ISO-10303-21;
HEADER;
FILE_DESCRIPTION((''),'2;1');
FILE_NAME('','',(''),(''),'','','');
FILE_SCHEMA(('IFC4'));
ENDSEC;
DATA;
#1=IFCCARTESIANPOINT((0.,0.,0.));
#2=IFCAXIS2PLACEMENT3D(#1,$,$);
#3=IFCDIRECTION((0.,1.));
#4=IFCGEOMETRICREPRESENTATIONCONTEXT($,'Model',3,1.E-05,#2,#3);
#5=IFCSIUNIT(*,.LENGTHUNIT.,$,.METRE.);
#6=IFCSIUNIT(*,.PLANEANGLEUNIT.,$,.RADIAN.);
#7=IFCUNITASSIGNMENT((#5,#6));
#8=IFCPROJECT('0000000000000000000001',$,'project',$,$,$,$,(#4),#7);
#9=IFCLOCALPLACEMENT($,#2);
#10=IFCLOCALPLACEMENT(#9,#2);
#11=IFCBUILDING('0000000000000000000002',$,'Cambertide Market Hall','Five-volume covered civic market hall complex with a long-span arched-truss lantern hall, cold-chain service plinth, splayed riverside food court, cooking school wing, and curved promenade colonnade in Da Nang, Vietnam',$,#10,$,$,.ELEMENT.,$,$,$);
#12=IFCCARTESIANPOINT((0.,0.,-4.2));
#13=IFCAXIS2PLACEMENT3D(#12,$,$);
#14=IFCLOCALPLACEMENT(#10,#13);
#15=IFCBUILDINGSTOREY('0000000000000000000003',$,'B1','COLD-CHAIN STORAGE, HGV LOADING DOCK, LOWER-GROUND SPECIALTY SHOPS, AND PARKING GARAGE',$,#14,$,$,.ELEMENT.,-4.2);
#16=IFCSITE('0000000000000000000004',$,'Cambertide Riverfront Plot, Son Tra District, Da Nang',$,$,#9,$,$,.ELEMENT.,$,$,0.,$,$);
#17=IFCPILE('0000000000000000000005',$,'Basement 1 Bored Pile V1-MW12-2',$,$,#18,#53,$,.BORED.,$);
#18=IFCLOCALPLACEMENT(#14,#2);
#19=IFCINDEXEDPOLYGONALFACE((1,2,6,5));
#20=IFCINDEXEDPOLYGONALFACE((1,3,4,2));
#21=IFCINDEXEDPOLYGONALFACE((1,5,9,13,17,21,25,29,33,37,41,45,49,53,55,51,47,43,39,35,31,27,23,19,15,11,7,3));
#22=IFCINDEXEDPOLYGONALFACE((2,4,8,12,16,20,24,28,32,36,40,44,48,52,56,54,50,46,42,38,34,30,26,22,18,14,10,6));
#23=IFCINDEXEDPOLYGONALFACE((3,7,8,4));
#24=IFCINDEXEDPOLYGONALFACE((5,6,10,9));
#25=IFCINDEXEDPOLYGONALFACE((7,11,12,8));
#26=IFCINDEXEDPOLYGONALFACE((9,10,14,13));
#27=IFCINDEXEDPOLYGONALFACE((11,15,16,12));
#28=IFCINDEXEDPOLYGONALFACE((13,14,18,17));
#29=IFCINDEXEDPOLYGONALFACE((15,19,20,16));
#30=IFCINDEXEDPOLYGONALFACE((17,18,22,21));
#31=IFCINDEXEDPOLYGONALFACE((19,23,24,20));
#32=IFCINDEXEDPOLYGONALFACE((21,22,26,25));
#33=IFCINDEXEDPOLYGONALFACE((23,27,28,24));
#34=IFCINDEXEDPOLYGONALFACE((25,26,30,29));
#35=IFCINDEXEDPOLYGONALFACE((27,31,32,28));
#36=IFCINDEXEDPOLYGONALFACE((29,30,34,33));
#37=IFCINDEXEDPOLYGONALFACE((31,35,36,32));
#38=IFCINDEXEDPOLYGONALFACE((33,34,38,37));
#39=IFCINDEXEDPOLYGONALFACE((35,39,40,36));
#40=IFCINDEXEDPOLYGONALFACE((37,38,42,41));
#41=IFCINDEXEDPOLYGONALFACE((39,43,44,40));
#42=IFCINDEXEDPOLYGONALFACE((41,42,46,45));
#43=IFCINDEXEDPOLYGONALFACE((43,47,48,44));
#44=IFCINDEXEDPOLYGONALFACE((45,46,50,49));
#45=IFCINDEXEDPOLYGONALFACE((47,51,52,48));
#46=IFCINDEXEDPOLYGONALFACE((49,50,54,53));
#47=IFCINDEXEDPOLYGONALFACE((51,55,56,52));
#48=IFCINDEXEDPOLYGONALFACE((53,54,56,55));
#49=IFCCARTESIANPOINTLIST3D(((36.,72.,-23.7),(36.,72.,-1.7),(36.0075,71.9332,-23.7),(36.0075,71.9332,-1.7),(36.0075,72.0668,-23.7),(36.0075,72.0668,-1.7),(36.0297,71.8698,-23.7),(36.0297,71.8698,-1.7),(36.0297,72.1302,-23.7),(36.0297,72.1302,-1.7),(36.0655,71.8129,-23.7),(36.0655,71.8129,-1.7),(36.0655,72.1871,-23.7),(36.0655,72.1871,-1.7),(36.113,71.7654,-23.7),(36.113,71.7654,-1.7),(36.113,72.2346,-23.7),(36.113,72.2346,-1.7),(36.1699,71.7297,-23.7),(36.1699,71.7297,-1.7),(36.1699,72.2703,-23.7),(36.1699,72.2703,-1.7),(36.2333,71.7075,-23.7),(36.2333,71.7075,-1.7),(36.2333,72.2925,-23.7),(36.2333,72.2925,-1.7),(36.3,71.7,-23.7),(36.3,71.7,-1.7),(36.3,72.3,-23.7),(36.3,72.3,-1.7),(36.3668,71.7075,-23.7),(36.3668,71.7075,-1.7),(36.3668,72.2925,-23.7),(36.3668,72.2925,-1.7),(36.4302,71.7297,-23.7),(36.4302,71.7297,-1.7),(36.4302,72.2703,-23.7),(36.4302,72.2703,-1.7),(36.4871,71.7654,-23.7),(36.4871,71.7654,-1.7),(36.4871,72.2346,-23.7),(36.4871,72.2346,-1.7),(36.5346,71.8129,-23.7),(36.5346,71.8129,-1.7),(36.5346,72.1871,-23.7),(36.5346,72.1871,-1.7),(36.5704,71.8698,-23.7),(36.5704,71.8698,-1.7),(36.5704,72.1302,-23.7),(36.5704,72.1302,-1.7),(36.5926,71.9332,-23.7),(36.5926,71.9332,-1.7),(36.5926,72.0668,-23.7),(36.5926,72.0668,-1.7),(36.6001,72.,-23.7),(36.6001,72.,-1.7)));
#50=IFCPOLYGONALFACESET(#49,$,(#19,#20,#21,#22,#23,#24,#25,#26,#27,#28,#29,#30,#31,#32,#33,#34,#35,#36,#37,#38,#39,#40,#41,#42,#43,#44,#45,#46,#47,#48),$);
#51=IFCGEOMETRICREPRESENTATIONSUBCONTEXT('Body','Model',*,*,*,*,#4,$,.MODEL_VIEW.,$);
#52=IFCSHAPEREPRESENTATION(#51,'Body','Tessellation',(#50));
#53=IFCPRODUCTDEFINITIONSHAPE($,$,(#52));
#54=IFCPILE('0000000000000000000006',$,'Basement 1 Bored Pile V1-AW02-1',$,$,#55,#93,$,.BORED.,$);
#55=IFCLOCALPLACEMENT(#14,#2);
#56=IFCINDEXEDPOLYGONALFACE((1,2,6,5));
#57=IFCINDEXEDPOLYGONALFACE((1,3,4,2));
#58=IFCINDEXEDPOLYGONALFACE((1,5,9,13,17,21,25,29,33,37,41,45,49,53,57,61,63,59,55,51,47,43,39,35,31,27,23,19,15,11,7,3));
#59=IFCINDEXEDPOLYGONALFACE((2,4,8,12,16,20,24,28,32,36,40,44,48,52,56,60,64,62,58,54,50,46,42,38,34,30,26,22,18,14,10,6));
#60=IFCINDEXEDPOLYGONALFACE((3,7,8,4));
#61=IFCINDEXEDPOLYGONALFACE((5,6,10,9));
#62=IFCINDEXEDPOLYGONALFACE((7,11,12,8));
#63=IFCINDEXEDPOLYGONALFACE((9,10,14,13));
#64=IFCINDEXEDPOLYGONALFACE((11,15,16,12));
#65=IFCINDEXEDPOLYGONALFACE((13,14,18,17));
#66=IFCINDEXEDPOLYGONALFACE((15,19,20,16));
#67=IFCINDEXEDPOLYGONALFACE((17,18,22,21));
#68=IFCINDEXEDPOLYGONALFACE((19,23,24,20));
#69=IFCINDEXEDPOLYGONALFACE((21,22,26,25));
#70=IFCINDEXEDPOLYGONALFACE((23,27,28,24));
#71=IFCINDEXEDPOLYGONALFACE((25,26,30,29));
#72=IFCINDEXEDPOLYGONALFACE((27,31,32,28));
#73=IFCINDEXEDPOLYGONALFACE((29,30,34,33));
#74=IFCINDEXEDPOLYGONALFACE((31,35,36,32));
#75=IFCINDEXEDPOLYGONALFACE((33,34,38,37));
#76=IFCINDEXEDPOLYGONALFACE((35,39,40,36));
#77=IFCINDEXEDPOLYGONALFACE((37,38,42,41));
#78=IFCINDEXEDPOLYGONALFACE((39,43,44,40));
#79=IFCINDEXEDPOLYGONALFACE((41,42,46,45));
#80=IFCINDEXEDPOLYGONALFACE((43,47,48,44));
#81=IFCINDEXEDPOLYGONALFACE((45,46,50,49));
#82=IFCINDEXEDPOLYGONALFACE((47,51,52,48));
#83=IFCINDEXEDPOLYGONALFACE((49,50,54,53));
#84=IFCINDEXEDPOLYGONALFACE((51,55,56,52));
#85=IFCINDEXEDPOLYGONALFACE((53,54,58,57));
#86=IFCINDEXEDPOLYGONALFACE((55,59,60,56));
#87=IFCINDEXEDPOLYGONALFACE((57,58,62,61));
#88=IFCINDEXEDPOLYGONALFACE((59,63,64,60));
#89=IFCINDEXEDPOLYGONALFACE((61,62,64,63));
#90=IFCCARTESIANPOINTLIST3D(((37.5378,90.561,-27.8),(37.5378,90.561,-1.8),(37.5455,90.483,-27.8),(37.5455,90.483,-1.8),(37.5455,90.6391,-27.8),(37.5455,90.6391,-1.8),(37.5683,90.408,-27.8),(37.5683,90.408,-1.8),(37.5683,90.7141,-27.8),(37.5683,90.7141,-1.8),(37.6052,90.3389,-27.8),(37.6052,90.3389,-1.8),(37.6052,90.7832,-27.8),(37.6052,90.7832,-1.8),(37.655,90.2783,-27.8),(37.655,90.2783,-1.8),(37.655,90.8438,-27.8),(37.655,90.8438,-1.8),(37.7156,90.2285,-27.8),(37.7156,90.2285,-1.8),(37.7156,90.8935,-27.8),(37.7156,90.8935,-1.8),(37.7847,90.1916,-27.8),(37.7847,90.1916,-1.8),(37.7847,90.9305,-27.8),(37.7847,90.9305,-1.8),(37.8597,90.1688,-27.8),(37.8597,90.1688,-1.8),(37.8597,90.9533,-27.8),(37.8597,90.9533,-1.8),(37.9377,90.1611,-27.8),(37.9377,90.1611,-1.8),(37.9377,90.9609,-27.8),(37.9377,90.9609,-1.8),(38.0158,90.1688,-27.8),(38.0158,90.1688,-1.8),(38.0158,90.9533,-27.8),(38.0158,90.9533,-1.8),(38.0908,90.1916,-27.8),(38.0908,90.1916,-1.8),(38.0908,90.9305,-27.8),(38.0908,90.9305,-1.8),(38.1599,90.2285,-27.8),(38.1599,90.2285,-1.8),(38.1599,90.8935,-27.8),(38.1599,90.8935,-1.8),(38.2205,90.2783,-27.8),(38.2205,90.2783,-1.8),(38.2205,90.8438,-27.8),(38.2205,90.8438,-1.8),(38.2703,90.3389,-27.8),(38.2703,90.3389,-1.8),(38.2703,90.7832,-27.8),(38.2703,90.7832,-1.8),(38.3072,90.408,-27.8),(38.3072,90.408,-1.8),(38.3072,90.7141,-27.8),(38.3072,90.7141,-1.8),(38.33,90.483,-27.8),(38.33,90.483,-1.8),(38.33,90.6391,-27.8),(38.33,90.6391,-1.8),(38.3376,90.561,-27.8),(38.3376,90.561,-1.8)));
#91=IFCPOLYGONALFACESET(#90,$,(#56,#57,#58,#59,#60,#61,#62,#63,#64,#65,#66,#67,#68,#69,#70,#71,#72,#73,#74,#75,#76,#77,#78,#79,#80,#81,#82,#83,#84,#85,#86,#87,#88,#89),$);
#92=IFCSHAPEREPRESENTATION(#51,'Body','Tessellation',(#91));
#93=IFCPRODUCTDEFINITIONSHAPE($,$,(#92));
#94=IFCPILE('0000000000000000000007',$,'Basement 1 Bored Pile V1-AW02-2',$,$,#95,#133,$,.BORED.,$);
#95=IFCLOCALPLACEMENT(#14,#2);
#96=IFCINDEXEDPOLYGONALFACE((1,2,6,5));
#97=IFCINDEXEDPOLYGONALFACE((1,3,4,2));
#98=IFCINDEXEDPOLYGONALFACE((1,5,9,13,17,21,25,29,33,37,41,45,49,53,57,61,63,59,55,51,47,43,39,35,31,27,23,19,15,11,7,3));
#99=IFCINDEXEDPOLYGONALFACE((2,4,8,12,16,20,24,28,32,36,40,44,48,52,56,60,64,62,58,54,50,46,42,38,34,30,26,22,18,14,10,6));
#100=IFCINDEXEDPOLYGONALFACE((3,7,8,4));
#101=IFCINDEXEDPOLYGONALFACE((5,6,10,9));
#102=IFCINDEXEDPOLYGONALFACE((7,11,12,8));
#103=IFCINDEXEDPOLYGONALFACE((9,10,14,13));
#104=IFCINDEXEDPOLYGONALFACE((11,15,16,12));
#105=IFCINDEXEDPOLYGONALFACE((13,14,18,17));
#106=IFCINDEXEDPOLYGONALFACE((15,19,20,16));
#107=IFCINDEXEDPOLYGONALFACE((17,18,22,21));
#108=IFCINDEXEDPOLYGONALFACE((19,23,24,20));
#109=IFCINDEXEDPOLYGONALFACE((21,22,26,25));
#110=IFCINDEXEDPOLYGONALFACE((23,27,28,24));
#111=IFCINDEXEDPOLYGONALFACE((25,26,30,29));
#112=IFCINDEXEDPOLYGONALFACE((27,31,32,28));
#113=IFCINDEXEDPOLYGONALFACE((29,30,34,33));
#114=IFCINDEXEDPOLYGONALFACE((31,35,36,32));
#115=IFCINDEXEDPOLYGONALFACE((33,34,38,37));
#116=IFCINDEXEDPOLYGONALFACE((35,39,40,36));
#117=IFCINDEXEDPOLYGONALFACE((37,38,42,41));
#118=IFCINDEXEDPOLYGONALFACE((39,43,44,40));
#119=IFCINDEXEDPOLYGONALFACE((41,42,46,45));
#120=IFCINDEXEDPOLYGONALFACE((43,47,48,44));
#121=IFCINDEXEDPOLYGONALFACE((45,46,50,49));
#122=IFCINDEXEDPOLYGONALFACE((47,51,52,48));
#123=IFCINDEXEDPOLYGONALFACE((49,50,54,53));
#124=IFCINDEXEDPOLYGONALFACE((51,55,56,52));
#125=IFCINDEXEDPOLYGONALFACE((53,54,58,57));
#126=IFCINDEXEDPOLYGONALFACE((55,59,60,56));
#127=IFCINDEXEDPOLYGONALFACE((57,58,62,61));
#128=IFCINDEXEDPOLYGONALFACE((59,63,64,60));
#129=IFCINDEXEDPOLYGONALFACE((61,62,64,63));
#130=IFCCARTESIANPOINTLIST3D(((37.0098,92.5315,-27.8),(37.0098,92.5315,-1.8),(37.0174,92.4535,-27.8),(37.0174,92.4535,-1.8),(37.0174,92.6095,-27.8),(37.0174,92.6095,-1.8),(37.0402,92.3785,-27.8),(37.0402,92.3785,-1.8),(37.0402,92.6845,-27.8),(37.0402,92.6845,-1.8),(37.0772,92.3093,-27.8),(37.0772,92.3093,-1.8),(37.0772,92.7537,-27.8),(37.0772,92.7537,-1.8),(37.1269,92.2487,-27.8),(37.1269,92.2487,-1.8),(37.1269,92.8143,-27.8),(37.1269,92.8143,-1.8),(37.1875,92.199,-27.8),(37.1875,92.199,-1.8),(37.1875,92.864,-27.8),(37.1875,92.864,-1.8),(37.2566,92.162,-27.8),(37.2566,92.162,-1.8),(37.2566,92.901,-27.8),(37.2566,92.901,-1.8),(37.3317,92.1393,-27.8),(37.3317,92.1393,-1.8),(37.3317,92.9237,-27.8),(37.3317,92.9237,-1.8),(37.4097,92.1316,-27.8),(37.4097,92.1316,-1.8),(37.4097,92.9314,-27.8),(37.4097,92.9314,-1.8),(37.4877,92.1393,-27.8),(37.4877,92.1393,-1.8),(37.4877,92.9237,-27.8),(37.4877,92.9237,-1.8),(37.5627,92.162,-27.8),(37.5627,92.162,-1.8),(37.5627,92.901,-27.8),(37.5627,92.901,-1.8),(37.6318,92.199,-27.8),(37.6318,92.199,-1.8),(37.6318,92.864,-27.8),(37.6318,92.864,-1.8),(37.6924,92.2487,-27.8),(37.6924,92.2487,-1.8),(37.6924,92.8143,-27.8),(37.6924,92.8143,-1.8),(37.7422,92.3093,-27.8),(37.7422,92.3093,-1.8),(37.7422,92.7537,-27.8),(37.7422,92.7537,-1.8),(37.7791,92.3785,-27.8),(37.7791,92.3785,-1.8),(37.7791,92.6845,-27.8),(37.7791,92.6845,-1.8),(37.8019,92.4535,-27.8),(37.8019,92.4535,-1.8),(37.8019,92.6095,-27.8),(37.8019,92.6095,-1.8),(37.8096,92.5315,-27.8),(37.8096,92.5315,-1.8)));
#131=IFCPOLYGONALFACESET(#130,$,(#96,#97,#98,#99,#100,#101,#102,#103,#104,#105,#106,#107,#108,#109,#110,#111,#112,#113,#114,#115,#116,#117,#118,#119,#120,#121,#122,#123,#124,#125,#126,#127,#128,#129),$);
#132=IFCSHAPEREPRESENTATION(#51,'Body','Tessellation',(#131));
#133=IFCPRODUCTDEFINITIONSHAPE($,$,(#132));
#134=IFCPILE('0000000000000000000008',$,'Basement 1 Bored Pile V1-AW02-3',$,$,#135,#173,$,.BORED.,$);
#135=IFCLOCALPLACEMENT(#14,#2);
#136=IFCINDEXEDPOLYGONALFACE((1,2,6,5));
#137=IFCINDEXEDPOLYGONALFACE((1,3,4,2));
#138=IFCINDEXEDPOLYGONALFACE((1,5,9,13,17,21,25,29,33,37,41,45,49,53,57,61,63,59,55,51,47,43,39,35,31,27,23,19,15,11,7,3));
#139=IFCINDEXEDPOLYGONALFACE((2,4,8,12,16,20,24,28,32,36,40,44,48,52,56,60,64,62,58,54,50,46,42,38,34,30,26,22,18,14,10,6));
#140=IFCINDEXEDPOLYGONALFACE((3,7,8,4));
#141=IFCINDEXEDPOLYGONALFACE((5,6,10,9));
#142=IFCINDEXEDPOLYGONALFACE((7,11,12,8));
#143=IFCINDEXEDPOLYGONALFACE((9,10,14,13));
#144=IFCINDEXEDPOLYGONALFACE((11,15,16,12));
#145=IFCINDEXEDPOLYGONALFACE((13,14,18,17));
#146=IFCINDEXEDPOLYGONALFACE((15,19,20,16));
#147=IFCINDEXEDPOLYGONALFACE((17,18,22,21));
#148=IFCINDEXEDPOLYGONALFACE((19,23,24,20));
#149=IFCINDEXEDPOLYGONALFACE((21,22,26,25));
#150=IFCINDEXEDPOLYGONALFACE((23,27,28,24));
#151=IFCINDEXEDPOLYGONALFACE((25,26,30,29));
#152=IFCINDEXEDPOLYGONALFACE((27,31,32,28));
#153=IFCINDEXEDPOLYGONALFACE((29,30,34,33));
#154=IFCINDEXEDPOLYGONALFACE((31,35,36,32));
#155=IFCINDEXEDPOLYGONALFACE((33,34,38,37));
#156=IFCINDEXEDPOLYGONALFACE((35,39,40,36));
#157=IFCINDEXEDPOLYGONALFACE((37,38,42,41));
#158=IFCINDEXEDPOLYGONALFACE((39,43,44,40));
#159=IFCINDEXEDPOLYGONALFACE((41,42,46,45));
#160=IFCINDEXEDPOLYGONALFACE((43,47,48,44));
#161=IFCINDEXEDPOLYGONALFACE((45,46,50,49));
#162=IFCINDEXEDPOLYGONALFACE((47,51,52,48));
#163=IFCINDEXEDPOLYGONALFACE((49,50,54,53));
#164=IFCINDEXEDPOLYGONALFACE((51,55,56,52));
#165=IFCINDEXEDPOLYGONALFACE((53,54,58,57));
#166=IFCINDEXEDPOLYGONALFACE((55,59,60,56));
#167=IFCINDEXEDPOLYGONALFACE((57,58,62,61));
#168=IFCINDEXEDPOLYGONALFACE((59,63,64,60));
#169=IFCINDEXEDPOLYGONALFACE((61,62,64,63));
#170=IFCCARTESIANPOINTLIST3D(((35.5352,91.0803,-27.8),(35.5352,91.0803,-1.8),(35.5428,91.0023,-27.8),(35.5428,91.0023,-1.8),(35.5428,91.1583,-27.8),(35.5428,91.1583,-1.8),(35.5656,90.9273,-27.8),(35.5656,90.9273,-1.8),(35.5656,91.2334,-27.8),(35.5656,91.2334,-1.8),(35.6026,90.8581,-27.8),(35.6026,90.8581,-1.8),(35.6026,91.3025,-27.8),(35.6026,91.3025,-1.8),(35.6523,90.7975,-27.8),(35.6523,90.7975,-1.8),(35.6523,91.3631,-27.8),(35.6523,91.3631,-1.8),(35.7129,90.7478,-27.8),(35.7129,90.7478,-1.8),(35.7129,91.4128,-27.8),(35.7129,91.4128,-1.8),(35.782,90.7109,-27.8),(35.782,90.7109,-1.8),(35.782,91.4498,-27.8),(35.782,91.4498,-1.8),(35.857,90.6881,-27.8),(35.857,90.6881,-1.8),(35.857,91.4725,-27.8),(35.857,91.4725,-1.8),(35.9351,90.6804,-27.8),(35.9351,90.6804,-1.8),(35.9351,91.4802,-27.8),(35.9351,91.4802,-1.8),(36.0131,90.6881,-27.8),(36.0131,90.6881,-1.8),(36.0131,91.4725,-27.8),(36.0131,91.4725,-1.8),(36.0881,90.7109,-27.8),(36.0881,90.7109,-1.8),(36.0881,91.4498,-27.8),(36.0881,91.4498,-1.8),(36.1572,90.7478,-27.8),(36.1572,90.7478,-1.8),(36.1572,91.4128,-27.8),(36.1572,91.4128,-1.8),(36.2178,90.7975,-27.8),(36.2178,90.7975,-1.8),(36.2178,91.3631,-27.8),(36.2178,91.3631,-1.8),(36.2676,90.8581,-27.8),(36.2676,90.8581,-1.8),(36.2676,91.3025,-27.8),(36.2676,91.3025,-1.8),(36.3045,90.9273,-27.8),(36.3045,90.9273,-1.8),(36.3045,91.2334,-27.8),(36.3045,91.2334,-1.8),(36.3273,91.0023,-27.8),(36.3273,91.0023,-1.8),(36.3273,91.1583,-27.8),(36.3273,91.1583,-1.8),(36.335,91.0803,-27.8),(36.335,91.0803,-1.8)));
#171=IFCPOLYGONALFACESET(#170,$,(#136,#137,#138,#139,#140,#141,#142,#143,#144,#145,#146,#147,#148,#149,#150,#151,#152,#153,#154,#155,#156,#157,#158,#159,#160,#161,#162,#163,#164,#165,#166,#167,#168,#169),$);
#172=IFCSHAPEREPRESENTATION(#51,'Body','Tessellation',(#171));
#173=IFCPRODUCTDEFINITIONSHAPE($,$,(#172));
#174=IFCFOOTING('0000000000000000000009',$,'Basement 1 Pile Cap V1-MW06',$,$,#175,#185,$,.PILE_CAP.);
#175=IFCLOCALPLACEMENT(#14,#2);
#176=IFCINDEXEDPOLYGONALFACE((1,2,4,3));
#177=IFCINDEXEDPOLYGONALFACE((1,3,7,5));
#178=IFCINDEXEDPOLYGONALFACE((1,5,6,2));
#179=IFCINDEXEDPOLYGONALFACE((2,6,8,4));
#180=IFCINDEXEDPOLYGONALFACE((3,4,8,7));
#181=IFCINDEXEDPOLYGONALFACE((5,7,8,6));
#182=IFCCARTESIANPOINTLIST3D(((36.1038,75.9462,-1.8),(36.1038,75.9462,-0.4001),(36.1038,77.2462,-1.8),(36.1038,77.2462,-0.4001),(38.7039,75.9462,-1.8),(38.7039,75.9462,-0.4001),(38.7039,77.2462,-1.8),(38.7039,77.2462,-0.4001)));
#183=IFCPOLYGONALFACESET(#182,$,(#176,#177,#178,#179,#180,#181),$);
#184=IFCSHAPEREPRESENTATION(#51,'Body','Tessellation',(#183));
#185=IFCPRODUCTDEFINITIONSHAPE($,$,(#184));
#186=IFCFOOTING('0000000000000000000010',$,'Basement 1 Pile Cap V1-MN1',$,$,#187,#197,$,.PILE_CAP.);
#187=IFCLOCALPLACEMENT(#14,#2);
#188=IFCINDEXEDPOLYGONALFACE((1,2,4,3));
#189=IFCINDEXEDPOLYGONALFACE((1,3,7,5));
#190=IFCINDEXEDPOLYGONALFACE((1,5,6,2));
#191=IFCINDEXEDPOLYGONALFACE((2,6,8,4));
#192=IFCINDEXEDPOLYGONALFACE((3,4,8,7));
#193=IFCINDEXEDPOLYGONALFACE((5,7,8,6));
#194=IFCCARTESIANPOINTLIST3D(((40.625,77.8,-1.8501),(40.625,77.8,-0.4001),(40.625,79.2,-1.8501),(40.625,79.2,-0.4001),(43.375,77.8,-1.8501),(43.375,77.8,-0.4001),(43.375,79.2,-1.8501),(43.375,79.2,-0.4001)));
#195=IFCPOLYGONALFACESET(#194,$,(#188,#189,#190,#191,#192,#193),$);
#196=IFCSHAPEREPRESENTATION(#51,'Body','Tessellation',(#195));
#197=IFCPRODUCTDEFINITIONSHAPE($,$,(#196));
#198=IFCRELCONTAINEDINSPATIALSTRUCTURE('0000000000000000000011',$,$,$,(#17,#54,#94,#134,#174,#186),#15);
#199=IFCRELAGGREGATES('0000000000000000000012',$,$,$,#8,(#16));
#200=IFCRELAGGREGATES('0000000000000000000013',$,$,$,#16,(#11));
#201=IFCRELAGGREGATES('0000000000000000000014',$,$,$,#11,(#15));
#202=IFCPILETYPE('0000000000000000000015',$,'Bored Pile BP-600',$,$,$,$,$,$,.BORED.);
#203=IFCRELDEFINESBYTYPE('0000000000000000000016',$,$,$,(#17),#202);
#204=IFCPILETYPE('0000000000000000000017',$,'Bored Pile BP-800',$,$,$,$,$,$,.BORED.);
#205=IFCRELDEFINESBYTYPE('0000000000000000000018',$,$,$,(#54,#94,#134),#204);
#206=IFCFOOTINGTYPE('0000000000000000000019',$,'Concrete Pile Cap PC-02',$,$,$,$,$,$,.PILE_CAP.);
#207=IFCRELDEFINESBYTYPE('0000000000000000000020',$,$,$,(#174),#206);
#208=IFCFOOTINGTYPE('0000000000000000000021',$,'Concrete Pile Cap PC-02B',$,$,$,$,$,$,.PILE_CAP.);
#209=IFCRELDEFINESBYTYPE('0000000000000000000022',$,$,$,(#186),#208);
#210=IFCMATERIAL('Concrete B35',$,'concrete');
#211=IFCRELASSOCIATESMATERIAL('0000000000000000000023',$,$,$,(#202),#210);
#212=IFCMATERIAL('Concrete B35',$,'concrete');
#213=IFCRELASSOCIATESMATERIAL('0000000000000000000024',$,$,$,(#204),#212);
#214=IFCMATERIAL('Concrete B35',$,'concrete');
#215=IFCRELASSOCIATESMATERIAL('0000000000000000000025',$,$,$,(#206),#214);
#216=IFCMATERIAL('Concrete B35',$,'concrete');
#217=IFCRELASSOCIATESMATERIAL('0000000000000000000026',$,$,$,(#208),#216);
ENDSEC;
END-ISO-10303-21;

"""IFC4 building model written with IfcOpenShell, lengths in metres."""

from ifc_helpers import new_model, si_unit, direction, frame, origin, origin_2d, place, context, subcontext, project, spatial, rectangle, circle, extrude, material, material_profile, profile_set, type_object, element, save


model = new_model("IFC4")

# Units and contexts
model_context = context("Model", 3, precision=1e-05, world=origin(), true_north=direction((0.0, 1.0)))
body_context = subcontext(model_context, "Body", "Model", "MODEL_VIEW")
ifc_project = project(units=[si_unit("LENGTHUNIT", "METRE"), si_unit("PLANEANGLEUNIT", "RADIAN")], contexts=[model_context])

# Site, building, storey
site_placement = place(None, origin())
site = spatial("IfcSite", under=ifc_project, at=site_placement, Name="Cambertide Riverfront Plot, Son Tra District, Da Nang", CompositionType="ELEMENT", RefElevation=0.0)
building_placement = place(site_placement, origin())
building = spatial("IfcBuilding", under=site, at=building_placement, Name="Cambertide Market Hall", Description="Five-volume covered civic market hall complex with a long-span arched-truss lantern hall, cold-chain service plinth, splayed riverside food court, cooking school wing, and curved promenade colonnade in Da Nang, Vietnam", CompositionType="ELEMENT")
storey_placement = place(building_placement, frame((0.0, 0.0, -4.2)))
storey = spatial("IfcBuildingStorey", under=building, at=storey_placement, Name="B1", Description="COLD-CHAIN STORAGE, HGV LOADING DOCK, LOWER-GROUND SPECIALTY SHOPS, AND PARKING GARAGE", CompositionType="ELEMENT", Elevation=-4.2)

# Piles
ifc_material_1 = material(Name="Concrete B35", Category="concrete")
ifc_material_profile_1 = material_profile(ifc_material_1, circle(Radius=0.3, at=origin_2d()), Name="BP D600")
ifc_profile_set_1 = profile_set([ifc_material_profile_1], Name="Concrete B35")
pile_type_1 = type_object("IfcPileType", Name="Bored Pile BP-600", PredefinedType="BORED", material=ifc_profile_set_1)
for number, where, z_axis, x_axis, name in (
    (1, (36.3, 72.0, -1.7), (0.0, 0.0, -1.0), (1.0, 0.0, 0.0), "Basement 1 Bored Pile V1-MW12-2"),
):
    element("IfcPile", number, at=place(storey_placement, frame(where, z_axis=z_axis, x_axis=x_axis)), inside=storey, type_object=pile_type_1, Name=name, PredefinedType="BORED", context=body_context, shape_type="SweptSolid", body=[
        extrude(circle(Radius=0.3, at=origin_2d()), origin(), (0.0, 0.0, 1.0), 22.0),
    ])
ifc_material_2 = material(Name="Concrete B35", Category="concrete")
ifc_material_profile_2 = material_profile(ifc_material_2, circle(Radius=0.3999, at=origin_2d()), Name="BP D800")
ifc_profile_set_2 = profile_set([ifc_material_profile_2], Name="Concrete B35")
pile_type_2 = type_object("IfcPileType", Name="Bored Pile BP-800", PredefinedType="BORED", material=ifc_profile_set_2)
for number, where, z_axis, x_axis, name in (
    (2, (37.9377, 90.561, -1.8), (0.0, 0.0, -1.0), (1.0, 0.0, 0.0), "Basement 1 Bored Pile V1-AW02-1"),
    (3, (37.4097, 92.5315, -1.8), (0.0, 0.0, -1.0), (1.0, 0.0, 0.0), "Basement 1 Bored Pile V1-AW02-2"),
    (4, (35.9351, 91.0803, -1.8), (0.0, 0.0, -1.0), (1.0, 0.0, 0.0), "Basement 1 Bored Pile V1-AW02-3"),
):
    element("IfcPile", number, at=place(storey_placement, frame(where, z_axis=z_axis, x_axis=x_axis)), inside=storey, type_object=pile_type_2, Name=name, PredefinedType="BORED", context=body_context, shape_type="SweptSolid", body=[
        extrude(circle(Radius=0.3999, at=origin_2d()), origin(), (0.0, 0.0, 1.0), 26.0),
    ])

# Footings
ifc_material_3 = material(Name="Concrete B35", Category="concrete")
footing_type_1 = type_object("IfcFootingType", Name="Concrete Pile Cap PC-02", PredefinedType="PILE_CAP", material=ifc_material_3)
footing_1_placement = place(storey_placement, frame((37.4038, 76.5962, -1.8), z_axis=(0.0, 0.0, 1.0), x_axis=(1.0, 0.0, 0.0)))
element("IfcFooting", 5, at=footing_1_placement, inside=storey, type_object=footing_type_1, Name="Basement 1 Pile Cap V1-MW06", PredefinedType="PILE_CAP", context=body_context, shape_type="SweptSolid", body=[
    extrude(rectangle(XDim=2.6001, YDim=1.3, at=origin_2d()), origin(), (0.0, 0.0, 1.0), 1.3999),
])
ifc_material_4 = material(Name="Concrete B35", Category="concrete")
footing_type_2 = type_object("IfcFootingType", Name="Concrete Pile Cap PC-02B", PredefinedType="PILE_CAP", material=ifc_material_4)
footing_2_placement = place(storey_placement, frame((42.0, 78.5, -1.8501), z_axis=(0.0, 0.0, 1.0), x_axis=(1.0, 0.0, 0.0)))
element("IfcFooting", 6, at=footing_2_placement, inside=storey, type_object=footing_type_2, Name="Basement 1 Pile Cap V1-MN1", PredefinedType="PILE_CAP", context=body_context, shape_type="SweptSolid", body=[
    extrude(rectangle(XDim=2.75, YDim=1.3999, at=origin_2d()), origin(), (0.0, 0.0, 1.0), 1.45),
])

save(model, "model.ifc")
